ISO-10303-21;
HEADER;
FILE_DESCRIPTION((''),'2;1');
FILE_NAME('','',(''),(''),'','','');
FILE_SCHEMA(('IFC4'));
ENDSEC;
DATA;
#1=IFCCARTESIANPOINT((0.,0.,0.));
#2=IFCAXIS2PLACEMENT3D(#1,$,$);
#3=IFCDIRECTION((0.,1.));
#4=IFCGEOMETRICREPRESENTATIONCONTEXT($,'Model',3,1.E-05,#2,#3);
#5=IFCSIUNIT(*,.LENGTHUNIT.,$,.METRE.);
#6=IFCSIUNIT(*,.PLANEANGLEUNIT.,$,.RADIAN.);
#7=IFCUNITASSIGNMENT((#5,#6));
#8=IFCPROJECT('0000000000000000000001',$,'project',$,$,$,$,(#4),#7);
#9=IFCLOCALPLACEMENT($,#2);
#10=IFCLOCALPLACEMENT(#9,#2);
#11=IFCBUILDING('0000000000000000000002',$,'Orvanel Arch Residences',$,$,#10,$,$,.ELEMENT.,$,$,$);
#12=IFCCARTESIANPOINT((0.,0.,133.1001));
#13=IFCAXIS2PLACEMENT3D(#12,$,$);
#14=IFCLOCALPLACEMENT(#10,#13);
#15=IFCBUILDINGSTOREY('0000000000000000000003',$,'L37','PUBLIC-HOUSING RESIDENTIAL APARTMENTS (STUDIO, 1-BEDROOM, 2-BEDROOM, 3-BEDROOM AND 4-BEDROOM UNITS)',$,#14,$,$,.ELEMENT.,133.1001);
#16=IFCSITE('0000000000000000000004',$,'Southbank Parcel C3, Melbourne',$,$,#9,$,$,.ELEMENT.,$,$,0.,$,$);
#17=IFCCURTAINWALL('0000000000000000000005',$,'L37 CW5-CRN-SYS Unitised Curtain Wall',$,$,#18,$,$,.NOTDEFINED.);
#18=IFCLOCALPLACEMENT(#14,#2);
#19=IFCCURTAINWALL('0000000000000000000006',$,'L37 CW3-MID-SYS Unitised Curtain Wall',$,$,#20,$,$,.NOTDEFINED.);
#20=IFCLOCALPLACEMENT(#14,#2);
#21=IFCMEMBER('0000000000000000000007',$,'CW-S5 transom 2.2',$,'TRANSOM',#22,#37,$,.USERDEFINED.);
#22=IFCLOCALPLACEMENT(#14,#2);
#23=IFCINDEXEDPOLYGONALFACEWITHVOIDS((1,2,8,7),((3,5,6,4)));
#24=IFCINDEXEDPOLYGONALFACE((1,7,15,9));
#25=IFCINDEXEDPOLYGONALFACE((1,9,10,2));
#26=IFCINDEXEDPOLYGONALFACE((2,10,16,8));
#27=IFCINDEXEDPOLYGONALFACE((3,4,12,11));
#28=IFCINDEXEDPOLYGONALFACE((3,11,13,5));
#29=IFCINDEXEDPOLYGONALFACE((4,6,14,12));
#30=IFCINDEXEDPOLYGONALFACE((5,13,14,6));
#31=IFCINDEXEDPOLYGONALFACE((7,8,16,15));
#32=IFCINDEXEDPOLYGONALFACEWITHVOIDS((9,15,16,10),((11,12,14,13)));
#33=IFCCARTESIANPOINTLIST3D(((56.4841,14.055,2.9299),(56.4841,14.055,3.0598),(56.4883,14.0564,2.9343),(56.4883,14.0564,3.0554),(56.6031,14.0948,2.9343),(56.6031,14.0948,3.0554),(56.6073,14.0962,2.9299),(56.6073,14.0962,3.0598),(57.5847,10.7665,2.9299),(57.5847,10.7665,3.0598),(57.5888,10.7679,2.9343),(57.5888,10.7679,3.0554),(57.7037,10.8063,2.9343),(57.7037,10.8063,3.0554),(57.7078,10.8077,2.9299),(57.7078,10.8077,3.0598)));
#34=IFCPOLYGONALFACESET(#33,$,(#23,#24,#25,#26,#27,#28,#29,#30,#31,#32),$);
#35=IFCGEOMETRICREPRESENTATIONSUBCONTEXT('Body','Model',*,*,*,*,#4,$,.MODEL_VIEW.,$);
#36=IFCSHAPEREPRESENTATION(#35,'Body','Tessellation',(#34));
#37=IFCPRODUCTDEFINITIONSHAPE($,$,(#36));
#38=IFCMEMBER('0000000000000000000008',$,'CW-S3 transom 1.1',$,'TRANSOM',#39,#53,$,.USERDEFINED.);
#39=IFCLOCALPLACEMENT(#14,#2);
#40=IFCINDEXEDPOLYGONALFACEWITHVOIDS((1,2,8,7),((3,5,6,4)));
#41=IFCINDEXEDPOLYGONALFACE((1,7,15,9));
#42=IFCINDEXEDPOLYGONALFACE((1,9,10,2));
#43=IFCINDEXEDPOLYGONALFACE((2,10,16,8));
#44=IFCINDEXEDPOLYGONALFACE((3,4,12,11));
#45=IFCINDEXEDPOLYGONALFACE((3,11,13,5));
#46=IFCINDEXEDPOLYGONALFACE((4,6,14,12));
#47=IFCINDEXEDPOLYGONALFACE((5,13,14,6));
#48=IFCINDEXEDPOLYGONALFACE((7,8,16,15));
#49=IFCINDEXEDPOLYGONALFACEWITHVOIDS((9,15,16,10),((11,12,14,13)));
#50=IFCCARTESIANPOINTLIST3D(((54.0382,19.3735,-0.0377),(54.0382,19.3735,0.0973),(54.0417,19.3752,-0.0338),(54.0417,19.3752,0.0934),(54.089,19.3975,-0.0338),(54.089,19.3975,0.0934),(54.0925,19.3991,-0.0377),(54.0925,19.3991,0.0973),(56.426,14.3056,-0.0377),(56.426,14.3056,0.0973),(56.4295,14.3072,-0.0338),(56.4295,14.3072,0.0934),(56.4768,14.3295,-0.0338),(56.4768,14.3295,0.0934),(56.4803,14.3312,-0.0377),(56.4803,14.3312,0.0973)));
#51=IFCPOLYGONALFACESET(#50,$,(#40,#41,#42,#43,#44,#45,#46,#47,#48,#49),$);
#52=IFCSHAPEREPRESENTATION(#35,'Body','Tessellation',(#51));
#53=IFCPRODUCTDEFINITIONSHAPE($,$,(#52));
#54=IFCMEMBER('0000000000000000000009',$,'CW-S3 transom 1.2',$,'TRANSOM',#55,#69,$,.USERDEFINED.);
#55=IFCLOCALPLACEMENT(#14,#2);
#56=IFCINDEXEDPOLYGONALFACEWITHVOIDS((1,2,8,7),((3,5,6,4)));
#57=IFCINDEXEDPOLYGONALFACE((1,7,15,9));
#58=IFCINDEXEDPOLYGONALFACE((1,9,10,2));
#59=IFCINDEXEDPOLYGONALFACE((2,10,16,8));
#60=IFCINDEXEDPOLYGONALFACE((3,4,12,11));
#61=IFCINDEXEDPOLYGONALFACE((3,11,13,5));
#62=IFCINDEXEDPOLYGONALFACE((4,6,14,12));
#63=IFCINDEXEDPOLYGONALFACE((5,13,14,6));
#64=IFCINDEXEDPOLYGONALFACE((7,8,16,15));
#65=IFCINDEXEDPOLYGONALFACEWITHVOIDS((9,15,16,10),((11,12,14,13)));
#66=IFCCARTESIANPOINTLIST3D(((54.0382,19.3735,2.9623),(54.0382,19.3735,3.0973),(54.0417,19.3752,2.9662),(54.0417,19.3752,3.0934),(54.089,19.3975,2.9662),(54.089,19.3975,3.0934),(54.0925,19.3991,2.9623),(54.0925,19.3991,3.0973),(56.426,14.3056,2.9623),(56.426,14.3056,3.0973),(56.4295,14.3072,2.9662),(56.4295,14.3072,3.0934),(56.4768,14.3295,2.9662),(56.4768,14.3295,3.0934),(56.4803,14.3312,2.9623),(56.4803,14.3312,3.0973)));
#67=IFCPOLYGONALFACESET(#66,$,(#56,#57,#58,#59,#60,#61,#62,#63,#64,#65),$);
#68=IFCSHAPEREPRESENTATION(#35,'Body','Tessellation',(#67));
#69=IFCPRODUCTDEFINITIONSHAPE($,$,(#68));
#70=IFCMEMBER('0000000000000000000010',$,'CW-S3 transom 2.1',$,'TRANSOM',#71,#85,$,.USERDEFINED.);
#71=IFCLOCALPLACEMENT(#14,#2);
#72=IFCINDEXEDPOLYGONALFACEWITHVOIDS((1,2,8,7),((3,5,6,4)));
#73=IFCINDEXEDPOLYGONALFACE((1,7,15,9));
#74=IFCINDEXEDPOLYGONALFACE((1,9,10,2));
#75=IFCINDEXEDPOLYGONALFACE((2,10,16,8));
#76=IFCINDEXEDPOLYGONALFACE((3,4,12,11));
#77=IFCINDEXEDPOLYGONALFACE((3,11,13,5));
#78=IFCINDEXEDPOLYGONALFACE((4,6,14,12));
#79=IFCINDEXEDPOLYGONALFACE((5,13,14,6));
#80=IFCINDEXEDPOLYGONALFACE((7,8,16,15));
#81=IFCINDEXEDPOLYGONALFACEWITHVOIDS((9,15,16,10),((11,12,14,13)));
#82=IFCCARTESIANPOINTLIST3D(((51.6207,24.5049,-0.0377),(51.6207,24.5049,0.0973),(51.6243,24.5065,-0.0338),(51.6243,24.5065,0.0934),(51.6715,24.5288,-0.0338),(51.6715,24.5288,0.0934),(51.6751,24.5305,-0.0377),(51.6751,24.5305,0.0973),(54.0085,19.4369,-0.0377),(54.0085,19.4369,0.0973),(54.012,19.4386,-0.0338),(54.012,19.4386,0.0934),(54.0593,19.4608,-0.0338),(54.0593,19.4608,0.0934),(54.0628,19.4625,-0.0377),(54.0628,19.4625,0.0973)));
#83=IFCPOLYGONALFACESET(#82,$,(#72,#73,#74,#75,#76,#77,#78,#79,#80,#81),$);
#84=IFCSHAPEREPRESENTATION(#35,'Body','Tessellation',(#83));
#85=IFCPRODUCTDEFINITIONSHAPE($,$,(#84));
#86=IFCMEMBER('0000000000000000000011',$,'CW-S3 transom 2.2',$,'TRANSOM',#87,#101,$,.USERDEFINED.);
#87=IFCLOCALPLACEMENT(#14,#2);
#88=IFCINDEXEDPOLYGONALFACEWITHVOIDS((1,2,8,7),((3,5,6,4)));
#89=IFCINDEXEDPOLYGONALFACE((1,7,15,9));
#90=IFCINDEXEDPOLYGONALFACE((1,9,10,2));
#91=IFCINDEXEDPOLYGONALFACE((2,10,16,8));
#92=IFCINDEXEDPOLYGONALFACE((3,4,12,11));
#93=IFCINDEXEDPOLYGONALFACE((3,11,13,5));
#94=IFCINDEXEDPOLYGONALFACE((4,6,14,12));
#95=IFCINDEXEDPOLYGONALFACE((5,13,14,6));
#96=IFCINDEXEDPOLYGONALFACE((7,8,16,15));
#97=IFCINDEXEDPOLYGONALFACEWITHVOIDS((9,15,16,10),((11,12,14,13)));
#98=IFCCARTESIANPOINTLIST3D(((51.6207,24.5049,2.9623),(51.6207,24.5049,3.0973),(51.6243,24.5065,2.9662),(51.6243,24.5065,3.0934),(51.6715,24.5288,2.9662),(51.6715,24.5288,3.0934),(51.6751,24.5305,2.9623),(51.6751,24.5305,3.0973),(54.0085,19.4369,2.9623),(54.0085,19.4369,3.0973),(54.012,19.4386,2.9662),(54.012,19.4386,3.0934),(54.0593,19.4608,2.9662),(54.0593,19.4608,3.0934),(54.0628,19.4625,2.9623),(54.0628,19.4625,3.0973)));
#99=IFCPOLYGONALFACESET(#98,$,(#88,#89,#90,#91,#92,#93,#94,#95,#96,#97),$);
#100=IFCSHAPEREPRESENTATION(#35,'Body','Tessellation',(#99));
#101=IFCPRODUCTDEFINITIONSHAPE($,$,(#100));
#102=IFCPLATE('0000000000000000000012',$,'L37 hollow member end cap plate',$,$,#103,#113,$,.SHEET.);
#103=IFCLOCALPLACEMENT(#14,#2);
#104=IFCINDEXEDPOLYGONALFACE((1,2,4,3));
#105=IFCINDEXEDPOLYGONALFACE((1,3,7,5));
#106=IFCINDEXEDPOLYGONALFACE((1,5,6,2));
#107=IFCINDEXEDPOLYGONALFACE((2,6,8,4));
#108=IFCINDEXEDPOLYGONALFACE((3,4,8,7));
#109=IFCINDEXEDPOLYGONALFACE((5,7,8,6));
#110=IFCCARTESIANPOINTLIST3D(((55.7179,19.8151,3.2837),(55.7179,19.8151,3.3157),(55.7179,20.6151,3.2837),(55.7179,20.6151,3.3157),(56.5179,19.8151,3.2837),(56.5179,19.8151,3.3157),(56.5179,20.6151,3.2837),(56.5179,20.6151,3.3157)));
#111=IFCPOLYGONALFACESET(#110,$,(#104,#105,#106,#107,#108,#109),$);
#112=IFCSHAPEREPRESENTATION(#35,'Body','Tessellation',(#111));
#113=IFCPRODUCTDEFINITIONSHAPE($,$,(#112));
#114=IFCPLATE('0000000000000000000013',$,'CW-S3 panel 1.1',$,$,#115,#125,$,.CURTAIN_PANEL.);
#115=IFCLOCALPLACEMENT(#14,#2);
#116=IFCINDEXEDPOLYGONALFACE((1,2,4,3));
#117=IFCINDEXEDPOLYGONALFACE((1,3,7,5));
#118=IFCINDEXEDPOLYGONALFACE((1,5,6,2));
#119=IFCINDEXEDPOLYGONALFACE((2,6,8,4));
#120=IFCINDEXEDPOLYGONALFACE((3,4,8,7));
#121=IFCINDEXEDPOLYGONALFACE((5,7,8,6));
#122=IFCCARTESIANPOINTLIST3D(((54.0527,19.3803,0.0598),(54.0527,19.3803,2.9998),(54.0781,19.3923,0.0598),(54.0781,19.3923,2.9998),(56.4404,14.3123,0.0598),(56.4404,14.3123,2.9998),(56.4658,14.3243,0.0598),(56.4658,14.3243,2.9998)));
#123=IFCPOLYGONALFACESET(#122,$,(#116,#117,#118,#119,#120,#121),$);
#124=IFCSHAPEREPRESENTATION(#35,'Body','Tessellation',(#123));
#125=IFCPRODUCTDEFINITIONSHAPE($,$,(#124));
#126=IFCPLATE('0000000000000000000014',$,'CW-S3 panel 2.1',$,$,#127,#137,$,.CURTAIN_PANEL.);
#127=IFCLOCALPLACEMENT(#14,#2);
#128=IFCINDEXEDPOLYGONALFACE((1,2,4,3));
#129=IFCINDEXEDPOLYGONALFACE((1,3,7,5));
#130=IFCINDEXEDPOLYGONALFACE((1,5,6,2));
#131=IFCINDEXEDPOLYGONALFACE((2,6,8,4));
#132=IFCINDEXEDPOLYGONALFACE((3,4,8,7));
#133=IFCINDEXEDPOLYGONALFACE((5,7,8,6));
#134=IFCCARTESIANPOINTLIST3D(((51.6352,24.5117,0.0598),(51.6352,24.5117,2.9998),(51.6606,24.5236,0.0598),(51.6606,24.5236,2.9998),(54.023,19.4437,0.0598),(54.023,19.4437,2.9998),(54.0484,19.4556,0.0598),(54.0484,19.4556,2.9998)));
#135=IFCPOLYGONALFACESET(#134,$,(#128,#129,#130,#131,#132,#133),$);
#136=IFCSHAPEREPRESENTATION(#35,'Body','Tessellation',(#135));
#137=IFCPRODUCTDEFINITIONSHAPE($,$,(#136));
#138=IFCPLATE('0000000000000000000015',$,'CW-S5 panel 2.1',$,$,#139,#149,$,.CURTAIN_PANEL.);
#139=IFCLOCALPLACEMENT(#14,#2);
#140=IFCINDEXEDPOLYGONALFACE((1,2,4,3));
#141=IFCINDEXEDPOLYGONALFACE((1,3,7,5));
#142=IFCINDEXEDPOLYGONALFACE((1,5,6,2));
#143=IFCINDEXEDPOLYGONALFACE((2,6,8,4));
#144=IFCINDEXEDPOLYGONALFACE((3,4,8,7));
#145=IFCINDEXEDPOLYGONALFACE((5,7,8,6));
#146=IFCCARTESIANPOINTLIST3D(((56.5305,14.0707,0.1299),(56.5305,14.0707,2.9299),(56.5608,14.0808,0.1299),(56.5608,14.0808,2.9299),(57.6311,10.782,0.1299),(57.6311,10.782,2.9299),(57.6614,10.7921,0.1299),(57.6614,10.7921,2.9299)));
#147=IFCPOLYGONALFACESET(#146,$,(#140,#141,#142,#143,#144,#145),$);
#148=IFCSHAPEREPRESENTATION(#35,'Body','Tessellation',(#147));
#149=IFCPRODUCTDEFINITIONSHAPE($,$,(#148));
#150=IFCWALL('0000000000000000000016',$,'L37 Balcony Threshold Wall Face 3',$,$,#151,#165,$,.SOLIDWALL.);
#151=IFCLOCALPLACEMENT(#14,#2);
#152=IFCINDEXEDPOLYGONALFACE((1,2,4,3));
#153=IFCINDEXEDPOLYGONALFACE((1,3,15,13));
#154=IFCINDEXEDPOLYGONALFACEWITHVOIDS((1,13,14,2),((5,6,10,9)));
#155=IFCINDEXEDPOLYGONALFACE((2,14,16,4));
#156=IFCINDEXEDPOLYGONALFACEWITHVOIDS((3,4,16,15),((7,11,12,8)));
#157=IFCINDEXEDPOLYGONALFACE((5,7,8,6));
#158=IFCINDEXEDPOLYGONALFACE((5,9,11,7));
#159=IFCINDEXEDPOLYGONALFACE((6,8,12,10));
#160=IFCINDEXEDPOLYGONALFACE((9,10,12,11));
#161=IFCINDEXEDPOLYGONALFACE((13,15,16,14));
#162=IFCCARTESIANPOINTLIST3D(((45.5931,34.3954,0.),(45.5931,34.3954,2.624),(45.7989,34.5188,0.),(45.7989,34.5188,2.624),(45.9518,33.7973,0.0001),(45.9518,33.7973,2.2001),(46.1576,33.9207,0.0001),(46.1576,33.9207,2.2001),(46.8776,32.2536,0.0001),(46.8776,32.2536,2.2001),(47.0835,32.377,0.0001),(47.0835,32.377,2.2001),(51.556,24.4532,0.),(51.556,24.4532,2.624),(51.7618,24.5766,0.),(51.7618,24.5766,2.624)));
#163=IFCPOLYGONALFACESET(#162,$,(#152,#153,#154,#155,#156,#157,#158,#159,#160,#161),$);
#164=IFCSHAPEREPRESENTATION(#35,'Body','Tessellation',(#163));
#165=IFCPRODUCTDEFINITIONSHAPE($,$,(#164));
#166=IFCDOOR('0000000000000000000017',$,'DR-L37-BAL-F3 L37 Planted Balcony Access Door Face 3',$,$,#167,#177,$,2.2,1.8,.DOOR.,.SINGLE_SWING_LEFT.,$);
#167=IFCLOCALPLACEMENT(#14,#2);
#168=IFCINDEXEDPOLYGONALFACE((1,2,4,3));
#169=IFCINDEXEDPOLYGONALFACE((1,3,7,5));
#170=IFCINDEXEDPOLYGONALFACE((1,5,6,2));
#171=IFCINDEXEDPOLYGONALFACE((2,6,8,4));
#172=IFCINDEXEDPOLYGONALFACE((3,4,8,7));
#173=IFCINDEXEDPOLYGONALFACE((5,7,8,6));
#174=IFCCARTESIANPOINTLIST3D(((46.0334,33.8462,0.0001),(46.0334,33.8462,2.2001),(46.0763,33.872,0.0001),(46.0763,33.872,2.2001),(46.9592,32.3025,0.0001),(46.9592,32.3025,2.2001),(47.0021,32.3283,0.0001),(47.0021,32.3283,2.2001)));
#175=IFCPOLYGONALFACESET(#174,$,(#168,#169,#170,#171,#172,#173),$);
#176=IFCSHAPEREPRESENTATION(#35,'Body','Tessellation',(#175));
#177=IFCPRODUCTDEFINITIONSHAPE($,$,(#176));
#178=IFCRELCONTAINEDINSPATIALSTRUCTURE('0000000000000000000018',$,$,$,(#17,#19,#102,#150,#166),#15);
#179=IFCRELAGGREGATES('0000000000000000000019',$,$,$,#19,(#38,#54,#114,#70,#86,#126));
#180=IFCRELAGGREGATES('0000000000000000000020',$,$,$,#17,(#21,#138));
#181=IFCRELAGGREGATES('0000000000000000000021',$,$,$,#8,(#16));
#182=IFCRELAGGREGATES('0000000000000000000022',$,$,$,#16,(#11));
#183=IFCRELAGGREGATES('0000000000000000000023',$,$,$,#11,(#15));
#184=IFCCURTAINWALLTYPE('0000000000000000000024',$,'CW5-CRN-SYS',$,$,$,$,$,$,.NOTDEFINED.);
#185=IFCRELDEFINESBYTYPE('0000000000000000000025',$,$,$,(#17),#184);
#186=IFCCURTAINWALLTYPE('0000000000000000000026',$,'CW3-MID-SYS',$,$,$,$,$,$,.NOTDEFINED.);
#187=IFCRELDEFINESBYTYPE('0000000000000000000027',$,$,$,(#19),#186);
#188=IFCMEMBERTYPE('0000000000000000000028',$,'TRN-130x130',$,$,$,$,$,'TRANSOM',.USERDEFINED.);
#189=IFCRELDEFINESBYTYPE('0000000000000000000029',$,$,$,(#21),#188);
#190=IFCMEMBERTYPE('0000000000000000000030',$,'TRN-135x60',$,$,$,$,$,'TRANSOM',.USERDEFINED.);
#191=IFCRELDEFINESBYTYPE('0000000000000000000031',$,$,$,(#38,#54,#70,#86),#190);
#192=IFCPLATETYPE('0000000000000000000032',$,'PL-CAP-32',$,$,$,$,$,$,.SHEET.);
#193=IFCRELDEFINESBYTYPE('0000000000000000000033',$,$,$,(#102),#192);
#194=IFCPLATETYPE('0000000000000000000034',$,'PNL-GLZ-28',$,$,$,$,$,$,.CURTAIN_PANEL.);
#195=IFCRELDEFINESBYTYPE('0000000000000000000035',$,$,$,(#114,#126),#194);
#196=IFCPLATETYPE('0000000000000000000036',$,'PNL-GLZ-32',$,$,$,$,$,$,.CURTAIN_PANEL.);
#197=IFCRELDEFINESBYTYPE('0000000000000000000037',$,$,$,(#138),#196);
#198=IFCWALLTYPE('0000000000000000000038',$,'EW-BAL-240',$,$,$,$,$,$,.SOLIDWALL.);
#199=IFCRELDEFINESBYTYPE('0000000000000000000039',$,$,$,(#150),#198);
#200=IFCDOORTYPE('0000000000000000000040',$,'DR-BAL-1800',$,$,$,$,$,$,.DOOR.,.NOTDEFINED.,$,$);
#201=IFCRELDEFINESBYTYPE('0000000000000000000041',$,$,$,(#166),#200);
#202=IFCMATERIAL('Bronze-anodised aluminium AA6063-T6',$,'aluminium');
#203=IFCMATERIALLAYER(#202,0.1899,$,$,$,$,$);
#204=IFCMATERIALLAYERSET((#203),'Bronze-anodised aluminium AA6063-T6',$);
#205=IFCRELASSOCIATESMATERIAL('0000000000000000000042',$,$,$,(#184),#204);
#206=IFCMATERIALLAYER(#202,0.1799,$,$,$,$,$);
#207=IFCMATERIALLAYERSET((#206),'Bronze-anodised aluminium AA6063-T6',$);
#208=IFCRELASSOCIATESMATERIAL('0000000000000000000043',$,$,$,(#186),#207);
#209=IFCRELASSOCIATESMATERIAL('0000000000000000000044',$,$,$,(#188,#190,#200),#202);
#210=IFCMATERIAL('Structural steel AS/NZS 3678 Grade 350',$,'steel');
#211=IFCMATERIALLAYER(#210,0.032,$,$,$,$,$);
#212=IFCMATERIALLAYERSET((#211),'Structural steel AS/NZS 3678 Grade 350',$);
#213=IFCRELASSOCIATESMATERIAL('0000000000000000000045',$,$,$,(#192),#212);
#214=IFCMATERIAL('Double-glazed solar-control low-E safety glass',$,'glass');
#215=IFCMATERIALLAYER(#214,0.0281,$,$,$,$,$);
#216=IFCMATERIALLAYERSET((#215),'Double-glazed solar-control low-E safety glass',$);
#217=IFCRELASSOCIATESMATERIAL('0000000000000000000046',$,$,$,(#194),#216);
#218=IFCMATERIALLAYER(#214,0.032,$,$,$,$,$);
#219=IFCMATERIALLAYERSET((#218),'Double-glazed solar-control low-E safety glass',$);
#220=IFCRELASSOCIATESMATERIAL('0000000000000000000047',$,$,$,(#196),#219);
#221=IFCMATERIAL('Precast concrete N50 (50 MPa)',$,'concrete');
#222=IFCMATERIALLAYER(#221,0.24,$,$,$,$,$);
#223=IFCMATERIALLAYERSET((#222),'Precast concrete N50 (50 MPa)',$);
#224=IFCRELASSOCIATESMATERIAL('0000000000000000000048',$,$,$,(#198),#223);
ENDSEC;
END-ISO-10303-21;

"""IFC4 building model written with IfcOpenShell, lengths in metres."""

from ifc_helpers import new_model, si_unit, direction, frame, frame_2d, origin, origin_2d, place, context, subcontext, project, spatial, rectangle, hollow_rectangle, extrude, material, layer, layer_set, material_profile, profile_set, type_object, element, fill, aggregate, save


model = new_model("IFC4")

# Units and contexts
model_context = context("Model", 3, precision=1e-05, world=origin(), true_north=direction((0.0, 1.0)))
body_context = subcontext(model_context, "Body", "Model", "MODEL_VIEW")
ifc_project = project(units=[si_unit("LENGTHUNIT", "METRE"), si_unit("PLANEANGLEUNIT", "RADIAN")], contexts=[model_context])

# Site, building, storey
site_placement = place(None, origin())
site = spatial("IfcSite", under=ifc_project, at=site_placement, Name="Southbank Parcel C3, Melbourne", CompositionType="ELEMENT", RefElevation=0.0)
building_placement = place(site_placement, origin())
building = spatial("IfcBuilding", under=site, at=building_placement, Name="Orvanel Arch Residences", CompositionType="ELEMENT")
storey_placement = place(building_placement, frame((0.0, 0.0, 133.1001)))
storey = spatial("IfcBuildingStorey", under=building, at=storey_placement, Name="L37", Description="PUBLIC-HOUSING RESIDENTIAL APARTMENTS (STUDIO, 1-BEDROOM, 2-BEDROOM, 3-BEDROOM AND 4-BEDROOM UNITS)", CompositionType="ELEMENT", Elevation=133.1001)

# Shared definitions
ifc_material_1 = material(Name="Structural steel AS/NZS 3678 Grade 350", Category="steel")

# Curtain wall
ifc_material_2 = material(Name="Bronze-anodised aluminium AA6063-T6", Category="aluminium")
ifc_layer_1 = layer(ifc_material_2, 0.1899)
ifc_layer_set_1 = layer_set([ifc_layer_1], Name="Bronze-anodised aluminium AA6063-T6")
curtain_wall_type_1 = type_object("IfcCurtainWallType", Name="CW5-CRN-SYS", PredefinedType="NOTDEFINED", material=ifc_layer_set_1)
curtain_wall_1_placement = place(storey_placement, origin())
curtain_wall_1 = element("IfcCurtainWall", 1, at=curtain_wall_1_placement, inside=storey, type_object=curtain_wall_type_1, Name="L37 CW5-CRN-SYS Unitised Curtain Wall", PredefinedType="NOTDEFINED")

# Curtain wall
ifc_layer_2 = layer(ifc_material_2, 0.1799)
ifc_layer_set_2 = layer_set([ifc_layer_2], Name="Bronze-anodised aluminium AA6063-T6")
curtain_wall_type_2 = type_object("IfcCurtainWallType", Name="CW3-MID-SYS", PredefinedType="NOTDEFINED", material=ifc_layer_set_2)
curtain_wall_2_placement = place(storey_placement, origin())
curtain_wall_2 = element("IfcCurtainWall", 2, at=curtain_wall_2_placement, inside=storey, type_object=curtain_wall_type_2, Name="L37 CW3-MID-SYS Unitised Curtain Wall", PredefinedType="NOTDEFINED")

# Members
ifc_material_profile_1 = material_profile(ifc_material_2, hollow_rectangle(XDim=0.1299, YDim=0.1299, WallThickness=0.0044, at=origin_2d()), Name="ALU130x130x4.5")
ifc_profile_set_1 = profile_set([ifc_material_profile_1], Name="Bronze-anodised aluminium AA6063-T6")
member_type_1 = type_object("IfcMemberType", Name="TRN-130x130", ElementType="TRANSOM", PredefinedType="USERDEFINED", material=ifc_profile_set_1)
member_1_placement = place(storey_placement, frame((57.6462, 10.7871, 2.9949), z_axis=(-0.317368, 0.948302, 0.0), x_axis=(-0.948302, -0.317368, 0.0)))
member_1 = element("IfcMember", 3, at=member_1_placement, type_object=member_type_1, Name="CW-S5 transom 2.2", ObjectType="TRANSOM", PredefinedType="USERDEFINED", context=body_context, shape_type="SweptSolid", body=[
    extrude(hollow_rectangle(XDim=0.1299, YDim=0.1299, WallThickness=0.0044, at=origin_2d()), origin(), (0.0, 0.0, 1.0), 3.4678),
])
ifc_material_profile_2 = material_profile(ifc_material_2, hollow_rectangle(XDim=0.0601, YDim=0.135, WallThickness=0.0039, at=origin_2d()), Name="ALU135x60x4")
ifc_profile_set_2 = profile_set([ifc_material_profile_2], Name="Bronze-anodised aluminium AA6063-T6")
member_type_2 = type_object("IfcMemberType", Name="TRN-135x60", ElementType="TRANSOM", PredefinedType="USERDEFINED", material=ifc_profile_set_2)
member_2_placement = place(storey_placement, frame((56.4531, 14.3184, 0.0298), z_axis=(-0.426208, 0.904625, 0.0), x_axis=(-0.904625, -0.426208, 0.0)))
member_2 = element("IfcMember", 4, at=member_2_placement, type_object=member_type_2, Name="CW-S3 transom 1.1", ObjectType="TRANSOM", PredefinedType="USERDEFINED", context=body_context, shape_type="SweptSolid", body=[
    extrude(hollow_rectangle(XDim=0.0601, YDim=0.135, WallThickness=0.0039, at=origin_2d()), origin(), (0.0, 0.0, 1.0), 5.6023),
])
member_3_placement = place(storey_placement, frame((56.4531, 14.3184, 3.0298), z_axis=(-0.426208, 0.904625, 0.0), x_axis=(-0.904625, -0.426208, 0.0)))
member_3 = element("IfcMember", 5, at=member_3_placement, type_object=member_type_2, Name="CW-S3 transom 1.2", ObjectType="TRANSOM", PredefinedType="USERDEFINED", context=body_context, shape_type="SweptSolid", body=[
    extrude(hollow_rectangle(XDim=0.0601, YDim=0.135, WallThickness=0.0039, at=origin_2d()), origin(), (0.0, 0.0, 1.0), 5.6023),
])
member_4_placement = place(storey_placement, frame((54.0356, 19.4497, 0.0298), z_axis=(-0.426208, 0.904625, 0.0), x_axis=(-0.904625, -0.426208, 0.0)))
member_4 = element("IfcMember", 6, at=member_4_placement, type_object=member_type_2, Name="CW-S3 transom 2.1", ObjectType="TRANSOM", PredefinedType="USERDEFINED", context=body_context, shape_type="SweptSolid", body=[
    extrude(hollow_rectangle(XDim=0.0601, YDim=0.135, WallThickness=0.0039, at=origin_2d()), origin(), (0.0, 0.0, 1.0), 5.6023),
])
member_5_placement = place(storey_placement, frame((54.0356, 19.4497, 3.0298), z_axis=(-0.426208, 0.904625, 0.0), x_axis=(-0.904625, -0.426208, 0.0)))
member_5 = element("IfcMember", 7, at=member_5_placement, type_object=member_type_2, Name="CW-S3 transom 2.2", ObjectType="TRANSOM", PredefinedType="USERDEFINED", context=body_context, shape_type="SweptSolid", body=[
    extrude(hollow_rectangle(XDim=0.0601, YDim=0.135, WallThickness=0.0039, at=origin_2d()), origin(), (0.0, 0.0, 1.0), 5.6023),
])

# Plates
ifc_layer_3 = layer(ifc_material_1, 0.032)
ifc_layer_set_3 = layer_set([ifc_layer_3], Name="Structural steel AS/NZS 3678 Grade 350")
plate_type_1 = type_object("IfcPlateType", Name="PL-CAP-32", PredefinedType="SHEET", material=ifc_layer_set_3)
plate_1_placement = place(storey_placement, frame((56.1179, 20.2151, 3.2837), z_axis=(0.0, 0.0, 1.0), x_axis=(1.0, 0.0, 0.0)))
element("IfcPlate", 8, at=plate_1_placement, inside=storey, type_object=plate_type_1, Name="L37 hollow member end cap plate", PredefinedType="SHEET", context=body_context, shape_type="SweptSolid", body=[
    extrude(rectangle(XDim=0.8, YDim=0.8, at=origin_2d()), origin(), (0.0, 0.0, 1.0), 0.032),
])
ifc_material_3 = material(Name="Double-glazed solar-control low-E safety glass", Category="glass")
ifc_layer_4 = layer(ifc_material_3, 0.0281)
ifc_layer_set_4 = layer_set([ifc_layer_4], Name="Double-glazed solar-control low-E safety glass")
plate_type_2 = type_object("IfcPlateType", Name="PNL-GLZ-28", PredefinedType="CURTAIN_PANEL", material=ifc_layer_set_4)
plate_2_placement = place(storey_placement, frame((55.2593, 16.8523, 0.0598), z_axis=(0.0, 0.0, 1.0), x_axis=(-0.426206, 0.904626, 0.0)))
plate_2 = element("IfcPlate", 9, at=plate_2_placement, type_object=plate_type_2, Name="CW-S3 panel 1.1", PredefinedType="CURTAIN_PANEL", context=body_context, shape_type="SweptSolid", body=[
    extrude(rectangle(XDim=5.6023, YDim=0.0281, at=origin_2d()), origin(), (0.0, 0.0, 1.0), 2.9399),
])
plate_3_placement = place(storey_placement, frame((52.8418, 21.9836, 0.0598), z_axis=(0.0, 0.0, 1.0), x_axis=(-0.426206, 0.904626, 0.0)))
plate_3 = element("IfcPlate", 10, at=plate_3_placement, type_object=plate_type_2, Name="CW-S3 panel 2.1", PredefinedType="CURTAIN_PANEL", context=body_context, shape_type="SweptSolid", body=[
    extrude(rectangle(XDim=5.6023, YDim=0.0281, at=origin_2d()), origin(), (0.0, 0.0, 1.0), 2.9399),
])
aggregate(curtain_wall_2, [member_2, member_3, plate_2, member_4, member_5, plate_3])
ifc_layer_5 = layer(ifc_material_3, 0.032)
ifc_layer_set_5 = layer_set([ifc_layer_5], Name="Double-glazed solar-control low-E safety glass")
plate_type_3 = type_object("IfcPlateType", Name="PNL-GLZ-32", PredefinedType="CURTAIN_PANEL", material=ifc_layer_set_5)
plate_4_placement = place(storey_placement, frame((57.0959, 12.4314, 0.1299), z_axis=(0.0, 0.0, 1.0), x_axis=(-0.317365, 0.948304, 0.0)))
plate_4 = element("IfcPlate", 11, at=plate_4_placement, type_object=plate_type_3, Name="CW-S5 panel 2.1", PredefinedType="CURTAIN_PANEL", context=body_context, shape_type="SweptSolid", body=[
    extrude(rectangle(XDim=3.468, YDim=0.032, at=origin_2d()), origin(), (0.0, 0.0, 1.0), 2.8),
])
aggregate(curtain_wall_1, [member_1, plate_4])

# Wall, opening, door
ifc_material_4 = material(Name="Precast concrete N50 (50 MPa)", Category="concrete")
ifc_layer_6 = layer(ifc_material_4, 0.24)
ifc_layer_set_6 = layer_set([ifc_layer_6], Name="Precast concrete N50 (50 MPa)")
wall_type = type_object("IfcWallType", Name="EW-BAL-240", PredefinedType="SOLIDWALL", material=ifc_layer_set_6)
wall_placement = place(storey_placement, frame((51.6589, 24.5149, 0.0), z_axis=(0.0, 0.0, 1.0), x_axis=(-0.514344, 0.857584, 0.0)))
wall = element("IfcWall", 12, at=wall_placement, inside=storey, type_object=wall_type, Name="L37 Balcony Threshold Wall Face 3", PredefinedType="SOLIDWALL", context=body_context, shape_type="SweptSolid", body=[
    extrude(rectangle(XDim=11.5933, YDim=0.24, at=frame_2d((5.7966, 0.0))), origin(), (0.0, 0.0, 1.0), 2.624),
])
opening_placement = place(wall_placement, frame((9.0959, 0.0, 0.0)))
opening = element("IfcOpeningElement", 13, at=opening_placement, cuts=wall, PredefinedType="OPENING", context=body_context, shape_type="SweptSolid", body=[
    extrude(rectangle(XDim=1.8, YDim=2.2, at=frame_2d((0.8999, 1.1001))), frame((0.0, 0.1299, 0.0), z_axis=(0.0, -1.0, 0.0), x_axis=(1.0, 0.0, 0.0)), (0.0, 0.0, 1.0), 0.26),
])
door_type = type_object("IfcDoorType", Name="DR-BAL-1800", OperationType="NOTDEFINED", PredefinedType="DOOR", material=ifc_material_2)
door_placement = place(opening_placement, origin())
door = element("IfcDoor", 14, at=door_placement, inside=storey, type_object=door_type, Name="DR-L37-BAL-F3 L37 Planted Balcony Access Door Face 3", OperationType="SINGLE_SWING_LEFT", OverallHeight=2.2, OverallWidth=1.8, PredefinedType="DOOR", context=body_context, shape_type="SweptSolid", body=[
    extrude(rectangle(XDim=1.8, YDim=2.2, at=frame_2d((0.8999, 1.1001))), frame((0.0, 0.0249, 0.0), z_axis=(0.0, -1.0, 0.0), x_axis=(1.0, 0.0, 0.0)), (0.0, 0.0, 1.0), 0.05),
])
fill(opening, door)

save(model, "model.ifc")
